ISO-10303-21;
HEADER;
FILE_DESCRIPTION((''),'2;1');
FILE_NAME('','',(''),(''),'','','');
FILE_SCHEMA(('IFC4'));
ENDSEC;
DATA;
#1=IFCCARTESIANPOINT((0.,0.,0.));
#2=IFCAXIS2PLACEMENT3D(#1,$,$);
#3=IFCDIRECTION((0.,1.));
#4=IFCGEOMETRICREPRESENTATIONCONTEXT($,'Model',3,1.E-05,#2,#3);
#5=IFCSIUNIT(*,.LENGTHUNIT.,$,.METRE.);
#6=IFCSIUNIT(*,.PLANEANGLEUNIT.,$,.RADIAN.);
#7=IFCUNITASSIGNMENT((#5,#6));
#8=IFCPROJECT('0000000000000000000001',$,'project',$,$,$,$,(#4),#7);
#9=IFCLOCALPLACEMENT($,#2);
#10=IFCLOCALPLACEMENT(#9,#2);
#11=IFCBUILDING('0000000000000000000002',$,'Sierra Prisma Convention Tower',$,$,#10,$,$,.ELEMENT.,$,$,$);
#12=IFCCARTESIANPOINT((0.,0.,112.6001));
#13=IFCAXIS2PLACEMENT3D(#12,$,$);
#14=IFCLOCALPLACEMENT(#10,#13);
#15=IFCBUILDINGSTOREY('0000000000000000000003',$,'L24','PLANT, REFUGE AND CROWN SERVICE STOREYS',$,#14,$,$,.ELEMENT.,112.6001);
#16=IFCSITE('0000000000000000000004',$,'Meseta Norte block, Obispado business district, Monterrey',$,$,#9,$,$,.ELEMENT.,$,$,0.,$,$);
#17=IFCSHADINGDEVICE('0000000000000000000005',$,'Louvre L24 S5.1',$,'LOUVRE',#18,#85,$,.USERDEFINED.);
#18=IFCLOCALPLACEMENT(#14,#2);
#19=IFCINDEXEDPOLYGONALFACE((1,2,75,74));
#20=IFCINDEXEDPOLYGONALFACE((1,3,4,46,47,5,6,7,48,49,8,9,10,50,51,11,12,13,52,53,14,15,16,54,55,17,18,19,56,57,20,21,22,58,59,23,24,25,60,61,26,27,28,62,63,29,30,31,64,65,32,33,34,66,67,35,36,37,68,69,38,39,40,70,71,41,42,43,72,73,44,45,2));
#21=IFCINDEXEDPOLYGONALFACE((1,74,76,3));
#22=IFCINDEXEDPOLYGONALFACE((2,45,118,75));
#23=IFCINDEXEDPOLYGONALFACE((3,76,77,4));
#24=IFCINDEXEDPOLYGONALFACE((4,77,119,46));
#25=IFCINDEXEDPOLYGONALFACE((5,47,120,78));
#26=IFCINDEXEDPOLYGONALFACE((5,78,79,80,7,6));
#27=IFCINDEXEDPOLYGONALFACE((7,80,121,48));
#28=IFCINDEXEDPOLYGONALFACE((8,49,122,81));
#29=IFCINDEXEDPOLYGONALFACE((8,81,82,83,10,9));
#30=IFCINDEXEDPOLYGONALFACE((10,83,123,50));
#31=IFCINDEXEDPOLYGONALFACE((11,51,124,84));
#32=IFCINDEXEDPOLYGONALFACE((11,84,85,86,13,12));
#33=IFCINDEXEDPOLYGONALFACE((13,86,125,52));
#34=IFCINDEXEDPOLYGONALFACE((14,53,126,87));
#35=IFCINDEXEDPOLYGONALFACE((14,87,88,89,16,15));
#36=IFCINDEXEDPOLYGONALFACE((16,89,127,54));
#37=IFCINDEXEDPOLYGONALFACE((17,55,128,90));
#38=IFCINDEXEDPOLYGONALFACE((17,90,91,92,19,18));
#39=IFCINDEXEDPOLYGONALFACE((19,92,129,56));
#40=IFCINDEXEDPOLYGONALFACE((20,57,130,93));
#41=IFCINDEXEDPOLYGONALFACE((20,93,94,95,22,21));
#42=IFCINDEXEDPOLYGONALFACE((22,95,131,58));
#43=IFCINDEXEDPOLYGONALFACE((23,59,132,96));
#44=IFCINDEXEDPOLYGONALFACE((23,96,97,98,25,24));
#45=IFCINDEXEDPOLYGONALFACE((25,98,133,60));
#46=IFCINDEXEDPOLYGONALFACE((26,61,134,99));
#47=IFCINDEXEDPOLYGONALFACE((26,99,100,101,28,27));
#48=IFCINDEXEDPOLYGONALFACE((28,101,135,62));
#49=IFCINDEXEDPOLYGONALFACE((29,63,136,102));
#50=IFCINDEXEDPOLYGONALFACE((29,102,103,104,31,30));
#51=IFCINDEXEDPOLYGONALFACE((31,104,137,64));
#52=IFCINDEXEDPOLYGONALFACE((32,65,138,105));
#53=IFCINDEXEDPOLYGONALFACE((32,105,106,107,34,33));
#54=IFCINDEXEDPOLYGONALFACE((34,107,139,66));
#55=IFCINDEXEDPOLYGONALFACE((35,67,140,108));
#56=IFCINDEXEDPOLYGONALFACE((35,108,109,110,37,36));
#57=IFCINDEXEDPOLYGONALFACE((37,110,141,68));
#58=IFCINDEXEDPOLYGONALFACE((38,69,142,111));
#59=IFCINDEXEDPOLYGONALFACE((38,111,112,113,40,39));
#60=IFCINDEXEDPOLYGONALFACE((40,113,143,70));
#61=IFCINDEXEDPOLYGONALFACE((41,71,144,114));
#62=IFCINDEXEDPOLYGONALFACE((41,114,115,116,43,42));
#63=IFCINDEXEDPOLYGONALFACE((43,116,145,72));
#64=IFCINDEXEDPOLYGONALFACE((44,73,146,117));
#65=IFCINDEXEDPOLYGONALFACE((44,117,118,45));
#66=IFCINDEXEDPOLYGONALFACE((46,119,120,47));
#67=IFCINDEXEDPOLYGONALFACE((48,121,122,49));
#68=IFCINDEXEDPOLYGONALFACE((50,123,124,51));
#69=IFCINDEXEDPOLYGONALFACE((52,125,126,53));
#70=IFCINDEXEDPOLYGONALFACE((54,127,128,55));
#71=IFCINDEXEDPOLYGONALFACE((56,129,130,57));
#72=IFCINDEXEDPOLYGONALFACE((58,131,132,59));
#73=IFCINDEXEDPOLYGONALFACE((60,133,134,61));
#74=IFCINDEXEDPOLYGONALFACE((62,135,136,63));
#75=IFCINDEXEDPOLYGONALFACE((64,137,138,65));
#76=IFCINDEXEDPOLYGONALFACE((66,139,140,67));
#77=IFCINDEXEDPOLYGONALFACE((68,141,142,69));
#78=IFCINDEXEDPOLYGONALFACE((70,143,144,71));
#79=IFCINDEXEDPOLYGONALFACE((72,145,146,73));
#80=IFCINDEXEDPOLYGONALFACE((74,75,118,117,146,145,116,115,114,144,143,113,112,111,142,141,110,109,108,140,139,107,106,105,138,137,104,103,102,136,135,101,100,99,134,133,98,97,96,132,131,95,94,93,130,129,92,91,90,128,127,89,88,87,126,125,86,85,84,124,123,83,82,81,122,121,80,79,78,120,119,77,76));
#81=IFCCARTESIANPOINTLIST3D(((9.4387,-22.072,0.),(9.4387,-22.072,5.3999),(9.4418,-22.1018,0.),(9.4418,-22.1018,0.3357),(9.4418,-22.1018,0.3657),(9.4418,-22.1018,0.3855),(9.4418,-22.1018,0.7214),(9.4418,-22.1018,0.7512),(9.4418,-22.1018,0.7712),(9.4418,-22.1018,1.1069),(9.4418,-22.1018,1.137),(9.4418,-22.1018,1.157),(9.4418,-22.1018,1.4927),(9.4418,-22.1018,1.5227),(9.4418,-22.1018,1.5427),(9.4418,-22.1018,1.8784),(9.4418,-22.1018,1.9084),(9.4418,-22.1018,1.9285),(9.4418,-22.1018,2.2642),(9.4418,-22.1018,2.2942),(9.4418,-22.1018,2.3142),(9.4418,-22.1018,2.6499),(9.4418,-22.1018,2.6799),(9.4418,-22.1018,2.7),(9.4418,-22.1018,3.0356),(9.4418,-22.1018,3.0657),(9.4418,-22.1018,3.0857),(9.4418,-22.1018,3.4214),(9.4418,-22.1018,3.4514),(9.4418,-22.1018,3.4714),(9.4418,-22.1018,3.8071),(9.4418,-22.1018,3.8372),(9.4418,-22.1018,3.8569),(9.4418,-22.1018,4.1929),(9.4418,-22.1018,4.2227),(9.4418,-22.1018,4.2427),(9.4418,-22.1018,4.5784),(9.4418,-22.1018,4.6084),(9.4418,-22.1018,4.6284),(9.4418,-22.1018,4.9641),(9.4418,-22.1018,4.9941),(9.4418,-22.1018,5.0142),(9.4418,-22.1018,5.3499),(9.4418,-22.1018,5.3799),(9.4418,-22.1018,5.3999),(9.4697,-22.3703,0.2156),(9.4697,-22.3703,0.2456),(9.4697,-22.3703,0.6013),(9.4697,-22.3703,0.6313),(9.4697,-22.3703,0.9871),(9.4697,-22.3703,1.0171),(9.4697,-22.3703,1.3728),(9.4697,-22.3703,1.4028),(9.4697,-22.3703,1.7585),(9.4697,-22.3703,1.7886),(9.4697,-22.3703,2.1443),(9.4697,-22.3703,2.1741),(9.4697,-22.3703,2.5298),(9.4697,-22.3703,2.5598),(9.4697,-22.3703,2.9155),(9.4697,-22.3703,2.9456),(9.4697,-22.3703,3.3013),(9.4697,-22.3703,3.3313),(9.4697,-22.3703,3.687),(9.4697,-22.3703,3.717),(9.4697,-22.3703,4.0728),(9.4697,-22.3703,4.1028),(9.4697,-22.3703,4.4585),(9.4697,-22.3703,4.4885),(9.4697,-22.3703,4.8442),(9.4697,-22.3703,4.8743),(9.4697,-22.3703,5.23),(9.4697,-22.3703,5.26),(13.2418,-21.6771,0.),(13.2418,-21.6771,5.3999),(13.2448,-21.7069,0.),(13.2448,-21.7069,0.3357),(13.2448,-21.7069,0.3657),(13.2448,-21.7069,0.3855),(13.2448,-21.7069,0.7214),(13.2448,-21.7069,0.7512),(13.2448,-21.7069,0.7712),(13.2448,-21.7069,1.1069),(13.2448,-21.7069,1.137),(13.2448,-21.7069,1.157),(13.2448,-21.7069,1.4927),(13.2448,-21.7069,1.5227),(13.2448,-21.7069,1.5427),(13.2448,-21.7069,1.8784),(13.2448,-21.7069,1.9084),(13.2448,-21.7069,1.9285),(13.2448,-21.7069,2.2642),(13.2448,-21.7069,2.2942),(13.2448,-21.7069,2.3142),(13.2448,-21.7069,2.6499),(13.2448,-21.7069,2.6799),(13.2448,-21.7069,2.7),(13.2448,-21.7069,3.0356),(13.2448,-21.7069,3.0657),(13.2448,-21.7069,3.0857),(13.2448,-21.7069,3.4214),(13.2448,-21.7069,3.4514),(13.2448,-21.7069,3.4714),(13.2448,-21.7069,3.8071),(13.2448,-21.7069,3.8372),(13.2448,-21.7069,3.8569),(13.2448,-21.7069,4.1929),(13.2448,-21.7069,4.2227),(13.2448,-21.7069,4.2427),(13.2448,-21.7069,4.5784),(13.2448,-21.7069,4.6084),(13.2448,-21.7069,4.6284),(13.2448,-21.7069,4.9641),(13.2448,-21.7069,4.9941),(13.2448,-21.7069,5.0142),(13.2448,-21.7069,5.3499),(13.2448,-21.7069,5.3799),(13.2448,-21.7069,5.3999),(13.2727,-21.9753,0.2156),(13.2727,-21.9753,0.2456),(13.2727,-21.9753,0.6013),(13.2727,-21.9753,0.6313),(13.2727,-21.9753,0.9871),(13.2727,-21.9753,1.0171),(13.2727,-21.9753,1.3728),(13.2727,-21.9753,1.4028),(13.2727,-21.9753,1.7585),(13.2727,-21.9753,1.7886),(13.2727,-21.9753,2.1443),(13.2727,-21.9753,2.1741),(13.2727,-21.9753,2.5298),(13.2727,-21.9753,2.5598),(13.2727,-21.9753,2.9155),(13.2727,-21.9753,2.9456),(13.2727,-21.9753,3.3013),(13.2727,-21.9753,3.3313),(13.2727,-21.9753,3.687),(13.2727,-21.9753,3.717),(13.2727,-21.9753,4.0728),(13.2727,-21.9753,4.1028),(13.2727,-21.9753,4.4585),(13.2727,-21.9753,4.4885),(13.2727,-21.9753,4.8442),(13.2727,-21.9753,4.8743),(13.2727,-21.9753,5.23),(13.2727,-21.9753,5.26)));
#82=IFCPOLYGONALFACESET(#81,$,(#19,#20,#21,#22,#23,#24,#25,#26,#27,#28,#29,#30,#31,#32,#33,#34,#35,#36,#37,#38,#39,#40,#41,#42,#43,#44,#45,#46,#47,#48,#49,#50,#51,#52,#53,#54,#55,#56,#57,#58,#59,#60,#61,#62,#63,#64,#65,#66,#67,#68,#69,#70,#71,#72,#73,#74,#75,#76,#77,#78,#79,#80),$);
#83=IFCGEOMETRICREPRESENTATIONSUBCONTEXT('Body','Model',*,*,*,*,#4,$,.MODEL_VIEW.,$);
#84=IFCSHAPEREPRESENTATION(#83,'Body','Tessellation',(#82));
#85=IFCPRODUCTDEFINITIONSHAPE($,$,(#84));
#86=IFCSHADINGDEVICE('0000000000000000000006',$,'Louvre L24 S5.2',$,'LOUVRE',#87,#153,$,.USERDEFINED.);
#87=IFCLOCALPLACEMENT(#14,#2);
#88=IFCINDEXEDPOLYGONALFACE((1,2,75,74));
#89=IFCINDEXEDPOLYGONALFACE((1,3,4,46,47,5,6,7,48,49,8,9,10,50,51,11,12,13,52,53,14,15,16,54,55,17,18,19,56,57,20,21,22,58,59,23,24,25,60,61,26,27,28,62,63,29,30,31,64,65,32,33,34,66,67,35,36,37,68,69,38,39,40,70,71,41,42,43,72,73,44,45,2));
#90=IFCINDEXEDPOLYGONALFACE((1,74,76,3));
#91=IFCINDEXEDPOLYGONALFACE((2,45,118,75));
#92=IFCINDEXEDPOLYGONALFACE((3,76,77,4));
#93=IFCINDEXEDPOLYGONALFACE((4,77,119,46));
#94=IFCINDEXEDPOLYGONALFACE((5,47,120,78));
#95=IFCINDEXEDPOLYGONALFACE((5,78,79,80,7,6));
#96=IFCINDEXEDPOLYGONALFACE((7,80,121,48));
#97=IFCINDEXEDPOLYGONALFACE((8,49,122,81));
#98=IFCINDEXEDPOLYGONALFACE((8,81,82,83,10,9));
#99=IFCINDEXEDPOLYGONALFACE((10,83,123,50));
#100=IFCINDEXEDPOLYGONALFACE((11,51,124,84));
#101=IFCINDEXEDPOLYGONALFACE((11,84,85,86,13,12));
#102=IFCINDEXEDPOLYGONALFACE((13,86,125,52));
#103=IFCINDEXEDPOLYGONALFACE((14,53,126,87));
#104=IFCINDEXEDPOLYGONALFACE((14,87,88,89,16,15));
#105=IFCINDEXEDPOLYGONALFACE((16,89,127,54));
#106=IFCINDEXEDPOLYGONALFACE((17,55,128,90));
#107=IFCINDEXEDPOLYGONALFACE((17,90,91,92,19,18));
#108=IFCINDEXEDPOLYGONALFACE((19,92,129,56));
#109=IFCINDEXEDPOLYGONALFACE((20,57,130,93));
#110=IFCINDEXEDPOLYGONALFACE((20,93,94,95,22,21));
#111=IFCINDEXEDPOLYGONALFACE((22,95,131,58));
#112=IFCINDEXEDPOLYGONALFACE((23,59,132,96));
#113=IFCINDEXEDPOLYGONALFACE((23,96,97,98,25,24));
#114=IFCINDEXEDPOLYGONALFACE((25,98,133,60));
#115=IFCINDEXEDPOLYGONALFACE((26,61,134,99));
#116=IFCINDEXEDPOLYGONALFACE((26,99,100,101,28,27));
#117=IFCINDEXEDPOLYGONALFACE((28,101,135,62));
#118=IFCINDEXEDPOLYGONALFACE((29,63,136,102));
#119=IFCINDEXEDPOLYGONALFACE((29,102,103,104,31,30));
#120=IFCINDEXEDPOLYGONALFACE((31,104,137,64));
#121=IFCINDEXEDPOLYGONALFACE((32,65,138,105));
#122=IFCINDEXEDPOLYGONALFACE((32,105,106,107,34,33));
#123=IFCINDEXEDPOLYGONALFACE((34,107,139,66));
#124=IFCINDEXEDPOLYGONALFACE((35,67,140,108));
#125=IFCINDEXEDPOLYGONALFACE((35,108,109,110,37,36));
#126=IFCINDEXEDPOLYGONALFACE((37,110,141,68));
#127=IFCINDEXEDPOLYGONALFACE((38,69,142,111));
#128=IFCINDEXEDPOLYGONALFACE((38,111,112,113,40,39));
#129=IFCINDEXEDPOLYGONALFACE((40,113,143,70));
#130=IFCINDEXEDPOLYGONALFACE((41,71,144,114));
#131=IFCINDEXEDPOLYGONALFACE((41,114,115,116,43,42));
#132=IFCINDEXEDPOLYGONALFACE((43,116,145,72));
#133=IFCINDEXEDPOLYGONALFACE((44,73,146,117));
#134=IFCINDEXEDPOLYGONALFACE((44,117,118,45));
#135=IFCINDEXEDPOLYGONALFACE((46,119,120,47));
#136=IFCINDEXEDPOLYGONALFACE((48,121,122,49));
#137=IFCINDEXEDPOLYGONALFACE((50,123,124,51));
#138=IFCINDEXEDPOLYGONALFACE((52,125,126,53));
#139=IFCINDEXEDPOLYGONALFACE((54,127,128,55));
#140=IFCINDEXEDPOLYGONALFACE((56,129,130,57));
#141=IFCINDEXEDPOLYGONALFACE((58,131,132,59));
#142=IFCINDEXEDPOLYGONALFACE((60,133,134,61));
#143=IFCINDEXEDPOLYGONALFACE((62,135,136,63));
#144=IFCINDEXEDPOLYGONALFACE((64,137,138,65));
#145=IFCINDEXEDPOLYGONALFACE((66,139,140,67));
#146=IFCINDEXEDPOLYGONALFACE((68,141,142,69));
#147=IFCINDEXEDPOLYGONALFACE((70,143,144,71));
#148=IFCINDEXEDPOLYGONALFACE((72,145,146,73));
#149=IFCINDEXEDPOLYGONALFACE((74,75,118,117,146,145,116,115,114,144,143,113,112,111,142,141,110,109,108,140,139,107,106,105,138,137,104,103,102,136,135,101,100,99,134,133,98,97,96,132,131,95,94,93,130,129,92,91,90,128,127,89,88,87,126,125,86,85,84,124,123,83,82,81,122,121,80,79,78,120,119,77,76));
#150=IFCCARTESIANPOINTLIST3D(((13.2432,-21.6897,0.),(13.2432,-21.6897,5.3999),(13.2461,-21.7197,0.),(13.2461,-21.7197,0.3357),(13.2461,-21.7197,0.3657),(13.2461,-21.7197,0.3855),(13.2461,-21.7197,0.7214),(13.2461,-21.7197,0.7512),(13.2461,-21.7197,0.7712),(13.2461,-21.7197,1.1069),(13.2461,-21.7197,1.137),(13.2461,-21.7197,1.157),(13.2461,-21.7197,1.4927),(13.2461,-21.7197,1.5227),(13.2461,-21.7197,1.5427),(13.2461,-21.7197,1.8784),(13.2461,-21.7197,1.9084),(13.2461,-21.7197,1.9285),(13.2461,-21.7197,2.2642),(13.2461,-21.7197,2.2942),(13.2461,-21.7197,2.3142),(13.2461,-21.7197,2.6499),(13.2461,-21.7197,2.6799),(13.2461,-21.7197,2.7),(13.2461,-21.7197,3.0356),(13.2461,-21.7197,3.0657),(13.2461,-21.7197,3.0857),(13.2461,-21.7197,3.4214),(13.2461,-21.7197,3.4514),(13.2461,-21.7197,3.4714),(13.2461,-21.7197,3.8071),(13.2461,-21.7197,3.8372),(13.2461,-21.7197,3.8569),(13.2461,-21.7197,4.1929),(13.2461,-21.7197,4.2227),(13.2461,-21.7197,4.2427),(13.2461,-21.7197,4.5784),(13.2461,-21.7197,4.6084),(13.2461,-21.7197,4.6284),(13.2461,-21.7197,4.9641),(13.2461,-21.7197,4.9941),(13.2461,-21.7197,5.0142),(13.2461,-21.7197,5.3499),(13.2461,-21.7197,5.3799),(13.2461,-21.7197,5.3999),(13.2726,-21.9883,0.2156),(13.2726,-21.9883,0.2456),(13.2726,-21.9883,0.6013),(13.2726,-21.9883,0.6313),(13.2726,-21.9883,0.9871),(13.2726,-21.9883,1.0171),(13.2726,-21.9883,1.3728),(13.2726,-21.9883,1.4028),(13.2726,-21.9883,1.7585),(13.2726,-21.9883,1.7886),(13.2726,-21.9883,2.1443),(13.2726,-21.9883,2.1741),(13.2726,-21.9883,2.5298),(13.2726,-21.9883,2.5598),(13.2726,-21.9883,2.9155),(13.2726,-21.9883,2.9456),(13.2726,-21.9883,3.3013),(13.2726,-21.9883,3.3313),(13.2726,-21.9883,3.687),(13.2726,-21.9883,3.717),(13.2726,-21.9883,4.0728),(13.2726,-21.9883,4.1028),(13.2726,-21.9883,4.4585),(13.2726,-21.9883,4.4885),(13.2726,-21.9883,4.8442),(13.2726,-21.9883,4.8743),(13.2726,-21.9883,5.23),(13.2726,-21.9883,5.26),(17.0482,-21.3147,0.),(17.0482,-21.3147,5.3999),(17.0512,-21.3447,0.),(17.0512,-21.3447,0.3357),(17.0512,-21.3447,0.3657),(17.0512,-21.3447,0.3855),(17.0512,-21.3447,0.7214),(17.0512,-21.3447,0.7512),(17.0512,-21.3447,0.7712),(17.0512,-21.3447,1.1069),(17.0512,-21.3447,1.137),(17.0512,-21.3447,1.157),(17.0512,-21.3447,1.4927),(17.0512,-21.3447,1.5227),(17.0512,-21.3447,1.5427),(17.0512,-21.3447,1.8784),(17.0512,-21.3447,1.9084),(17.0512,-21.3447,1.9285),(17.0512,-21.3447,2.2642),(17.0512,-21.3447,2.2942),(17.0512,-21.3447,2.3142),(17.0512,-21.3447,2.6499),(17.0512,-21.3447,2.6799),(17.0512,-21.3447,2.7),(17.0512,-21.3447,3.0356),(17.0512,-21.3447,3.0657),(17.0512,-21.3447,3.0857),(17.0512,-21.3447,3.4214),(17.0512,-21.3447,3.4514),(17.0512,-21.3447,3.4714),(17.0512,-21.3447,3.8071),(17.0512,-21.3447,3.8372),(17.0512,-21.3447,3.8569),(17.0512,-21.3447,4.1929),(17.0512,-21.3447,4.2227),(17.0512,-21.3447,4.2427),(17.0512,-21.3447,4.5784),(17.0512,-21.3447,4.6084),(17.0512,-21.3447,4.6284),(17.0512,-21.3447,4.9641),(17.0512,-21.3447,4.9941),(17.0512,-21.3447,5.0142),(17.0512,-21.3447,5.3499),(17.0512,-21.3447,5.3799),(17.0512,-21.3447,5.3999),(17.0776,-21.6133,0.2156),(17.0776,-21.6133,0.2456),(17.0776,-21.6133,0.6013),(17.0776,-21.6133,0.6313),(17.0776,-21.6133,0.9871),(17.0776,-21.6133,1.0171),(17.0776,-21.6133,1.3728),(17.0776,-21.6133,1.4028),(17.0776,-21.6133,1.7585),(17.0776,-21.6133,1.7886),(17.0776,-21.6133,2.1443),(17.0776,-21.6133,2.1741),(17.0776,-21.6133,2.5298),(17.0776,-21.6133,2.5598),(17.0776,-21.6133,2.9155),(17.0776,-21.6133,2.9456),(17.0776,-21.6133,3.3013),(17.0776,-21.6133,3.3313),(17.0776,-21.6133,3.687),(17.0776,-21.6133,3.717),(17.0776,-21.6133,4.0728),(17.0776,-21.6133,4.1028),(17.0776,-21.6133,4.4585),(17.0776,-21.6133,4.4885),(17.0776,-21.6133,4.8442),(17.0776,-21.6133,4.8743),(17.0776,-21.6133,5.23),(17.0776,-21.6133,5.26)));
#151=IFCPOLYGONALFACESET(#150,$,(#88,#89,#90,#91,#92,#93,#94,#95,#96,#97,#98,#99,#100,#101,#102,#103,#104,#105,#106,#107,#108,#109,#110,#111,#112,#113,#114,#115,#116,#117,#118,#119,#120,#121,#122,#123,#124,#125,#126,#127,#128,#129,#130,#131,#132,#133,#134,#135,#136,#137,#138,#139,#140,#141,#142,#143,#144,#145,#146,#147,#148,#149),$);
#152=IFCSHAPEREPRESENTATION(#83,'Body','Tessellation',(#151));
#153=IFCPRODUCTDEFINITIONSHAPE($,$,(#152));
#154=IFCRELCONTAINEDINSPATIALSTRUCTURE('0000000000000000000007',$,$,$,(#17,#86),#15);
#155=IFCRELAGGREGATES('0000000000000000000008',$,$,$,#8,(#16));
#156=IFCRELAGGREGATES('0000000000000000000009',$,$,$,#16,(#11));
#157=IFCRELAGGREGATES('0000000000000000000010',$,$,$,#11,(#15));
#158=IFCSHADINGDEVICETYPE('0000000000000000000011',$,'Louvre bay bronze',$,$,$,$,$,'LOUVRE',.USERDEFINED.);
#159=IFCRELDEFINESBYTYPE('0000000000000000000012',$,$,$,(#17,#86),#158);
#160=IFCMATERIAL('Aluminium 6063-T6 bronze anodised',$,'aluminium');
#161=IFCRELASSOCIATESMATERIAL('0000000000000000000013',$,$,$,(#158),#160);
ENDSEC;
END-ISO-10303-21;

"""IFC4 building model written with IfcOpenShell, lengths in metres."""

from ifc_helpers import new_model, si_unit, direction, frame, origin, place, context, subcontext, project, spatial, polyline, outline, extrude, material, type_object, element, save


model = new_model("IFC4")

# Units and contexts
model_context = context("Model", 3, precision=1e-05, world=origin(), true_north=direction((0.0, 1.0)))
body_context = subcontext(model_context, "Body", "Model", "MODEL_VIEW")
ifc_project = project(units=[si_unit("LENGTHUNIT", "METRE"), si_unit("PLANEANGLEUNIT", "RADIAN")], contexts=[model_context])

# Site, building, storey
site_placement = place(None, origin())
site = spatial("IfcSite", under=ifc_project, at=site_placement, Name="Meseta Norte block, Obispado business district, Monterrey", CompositionType="ELEMENT", RefElevation=0.0)
building_placement = place(site_placement, origin())
building = spatial("IfcBuilding", under=site, at=building_placement, Name="Sierra Prisma Convention Tower", CompositionType="ELEMENT")
storey_placement = place(building_placement, frame((0.0, 0.0, 112.6001)))
storey = spatial("IfcBuildingStorey", under=building, at=storey_placement, Name="L24", Description="PLANT, REFUGE AND CROWN SERVICE STOREYS", CompositionType="ELEMENT", Elevation=112.6001)

# Shading devices
ifc_material_1 = material(Name="Aluminium 6063-T6 bronze anodised", Category="aluminium")
shading_device_type = type_object("IfcShadingDeviceType", Name="Louvre bay bronze", ElementType="LOUVRE", PredefinedType="USERDEFINED", material=ifc_material_1)
shading_device_1_placement = place(storey_placement, frame((9.4387, -22.072, 0.0), z_axis=(-0.99465, -0.103299, 0.0), x_axis=(0.0, 0.0, 1.0)))
element("IfcShadingDevice", 1, at=shading_device_1_placement, inside=storey, type_object=shading_device_type, Name="Louvre L24 S5.1", ObjectType="LOUVRE", PredefinedType="USERDEFINED", context=body_context, shape_type="SweptSolid", body=[
    extrude(outline(polyline([(0.0, 0.0), (5.3999, 0.0), (5.3999, -0.03), (5.3799, -0.03), (5.26, -0.2998), (5.23, -0.2998), (5.3499, -0.03), (5.0142, -0.03), (4.9941, -0.03), (4.8743, -0.2998), (4.8442, -0.2998), (4.9641, -0.03), (4.6284, -0.03), (4.6084, -0.03), (4.4885, -0.2998), (4.4585, -0.2998), (4.5784, -0.03), (4.2427, -0.03), (4.2227, -0.03), (4.1028, -0.2998), (4.0728, -0.2998), (4.1929, -0.03), (3.8569, -0.03), (3.8372, -0.03), (3.717, -0.2998), (3.687, -0.2998), (3.8071, -0.03), (3.4714, -0.03), (3.4514, -0.03), (3.3313, -0.2998), (3.3013, -0.2998), (3.4214, -0.03), (3.0857, -0.03), (3.0657, -0.03), (2.9456, -0.2998), (2.9155, -0.2998), (3.0356, -0.03), (2.7, -0.03), (2.6799, -0.03), (2.5598, -0.2998), (2.5298, -0.2998), (2.6499, -0.03), (2.3142, -0.03), (2.2942, -0.03), (2.1741, -0.2998), (2.1443, -0.2998), (2.2642, -0.03), (1.9285, -0.03), (1.9084, -0.03), (1.7886, -0.2998), (1.7585, -0.2998), (1.8784, -0.03), (1.5427, -0.03), (1.5227, -0.03), (1.4028, -0.2998), (1.3728, -0.2998), (1.4927, -0.03), (1.157, -0.03), (1.137, -0.03), (1.0171, -0.2998), (0.9871, -0.2998), (1.1069, -0.03), (0.7712, -0.03), (0.7512, -0.03), (0.6313, -0.2998), (0.6013, -0.2998), (0.7214, -0.03), (0.3855, -0.03), (0.3657, -0.03), (0.2456, -0.2998), (0.2156, -0.2998), (0.3357, -0.03), (0.0, -0.03), (0.0, 0.0)])), origin(), (0.0, 0.0, -1.0), 3.8235),
])
shading_device_2_placement = place(storey_placement, frame((13.2432, -21.6897, 0.0), z_axis=(-0.995178, -0.098086, 0.0), x_axis=(0.0, 0.0, 1.0)))
element("IfcShadingDevice", 2, at=shading_device_2_placement, inside=storey, type_object=shading_device_type, Name="Louvre L24 S5.2", ObjectType="LOUVRE", PredefinedType="USERDEFINED", context=body_context, shape_type="SweptSolid", body=[
    extrude(outline(polyline([(0.0, 0.0), (5.3999, 0.0), (5.3999, -0.0302), (5.3799, -0.0302), (5.26, -0.3001), (5.23, -0.3001), (5.3499, -0.0302), (5.0142, -0.0302), (4.9941, -0.0302), (4.8743, -0.3001), (4.8442, -0.3001), (4.9641, -0.0302), (4.6284, -0.0302), (4.6084, -0.0302), (4.4885, -0.3001), (4.4585, -0.3001), (4.5784, -0.0302), (4.2427, -0.0302), (4.2227, -0.0302), (4.1028, -0.3001), (4.0728, -0.3001), (4.1929, -0.0302), (3.8569, -0.0302), (3.8372, -0.0302), (3.717, -0.3001), (3.687, -0.3001), (3.8071, -0.0302), (3.4714, -0.0302), (3.4514, -0.0302), (3.3313, -0.3001), (3.3013, -0.3001), (3.4214, -0.0302), (3.0857, -0.0302), (3.0657, -0.0302), (2.9456, -0.3001), (2.9155, -0.3001), (3.0356, -0.0302), (2.7, -0.0302), (2.6799, -0.0302), (2.5598, -0.3001), (2.5298, -0.3001), (2.6499, -0.0302), (2.3142, -0.0302), (2.2942, -0.0302), (2.1741, -0.3001), (2.1443, -0.3001), (2.2642, -0.0302), (1.9285, -0.0302), (1.9084, -0.0302), (1.7886, -0.3001), (1.7585, -0.3001), (1.8784, -0.0302), (1.5427, -0.0302), (1.5227, -0.0302), (1.4028, -0.3001), (1.3728, -0.3001), (1.4927, -0.0302), (1.157, -0.0302), (1.137, -0.0302), (1.0171, -0.3001), (0.9871, -0.3001), (1.1069, -0.0302), (0.7712, -0.0302), (0.7512, -0.0302), (0.6313, -0.3001), (0.6013, -0.3001), (0.7214, -0.0302), (0.3855, -0.0302), (0.3657, -0.0302), (0.2456, -0.3001), (0.2156, -0.3001), (0.3357, -0.0302), (0.0, -0.0302), (0.0, 0.0)])), origin(), (0.0, 0.0, -1.0), 3.8235),
])

save(model, "model.ifc")
